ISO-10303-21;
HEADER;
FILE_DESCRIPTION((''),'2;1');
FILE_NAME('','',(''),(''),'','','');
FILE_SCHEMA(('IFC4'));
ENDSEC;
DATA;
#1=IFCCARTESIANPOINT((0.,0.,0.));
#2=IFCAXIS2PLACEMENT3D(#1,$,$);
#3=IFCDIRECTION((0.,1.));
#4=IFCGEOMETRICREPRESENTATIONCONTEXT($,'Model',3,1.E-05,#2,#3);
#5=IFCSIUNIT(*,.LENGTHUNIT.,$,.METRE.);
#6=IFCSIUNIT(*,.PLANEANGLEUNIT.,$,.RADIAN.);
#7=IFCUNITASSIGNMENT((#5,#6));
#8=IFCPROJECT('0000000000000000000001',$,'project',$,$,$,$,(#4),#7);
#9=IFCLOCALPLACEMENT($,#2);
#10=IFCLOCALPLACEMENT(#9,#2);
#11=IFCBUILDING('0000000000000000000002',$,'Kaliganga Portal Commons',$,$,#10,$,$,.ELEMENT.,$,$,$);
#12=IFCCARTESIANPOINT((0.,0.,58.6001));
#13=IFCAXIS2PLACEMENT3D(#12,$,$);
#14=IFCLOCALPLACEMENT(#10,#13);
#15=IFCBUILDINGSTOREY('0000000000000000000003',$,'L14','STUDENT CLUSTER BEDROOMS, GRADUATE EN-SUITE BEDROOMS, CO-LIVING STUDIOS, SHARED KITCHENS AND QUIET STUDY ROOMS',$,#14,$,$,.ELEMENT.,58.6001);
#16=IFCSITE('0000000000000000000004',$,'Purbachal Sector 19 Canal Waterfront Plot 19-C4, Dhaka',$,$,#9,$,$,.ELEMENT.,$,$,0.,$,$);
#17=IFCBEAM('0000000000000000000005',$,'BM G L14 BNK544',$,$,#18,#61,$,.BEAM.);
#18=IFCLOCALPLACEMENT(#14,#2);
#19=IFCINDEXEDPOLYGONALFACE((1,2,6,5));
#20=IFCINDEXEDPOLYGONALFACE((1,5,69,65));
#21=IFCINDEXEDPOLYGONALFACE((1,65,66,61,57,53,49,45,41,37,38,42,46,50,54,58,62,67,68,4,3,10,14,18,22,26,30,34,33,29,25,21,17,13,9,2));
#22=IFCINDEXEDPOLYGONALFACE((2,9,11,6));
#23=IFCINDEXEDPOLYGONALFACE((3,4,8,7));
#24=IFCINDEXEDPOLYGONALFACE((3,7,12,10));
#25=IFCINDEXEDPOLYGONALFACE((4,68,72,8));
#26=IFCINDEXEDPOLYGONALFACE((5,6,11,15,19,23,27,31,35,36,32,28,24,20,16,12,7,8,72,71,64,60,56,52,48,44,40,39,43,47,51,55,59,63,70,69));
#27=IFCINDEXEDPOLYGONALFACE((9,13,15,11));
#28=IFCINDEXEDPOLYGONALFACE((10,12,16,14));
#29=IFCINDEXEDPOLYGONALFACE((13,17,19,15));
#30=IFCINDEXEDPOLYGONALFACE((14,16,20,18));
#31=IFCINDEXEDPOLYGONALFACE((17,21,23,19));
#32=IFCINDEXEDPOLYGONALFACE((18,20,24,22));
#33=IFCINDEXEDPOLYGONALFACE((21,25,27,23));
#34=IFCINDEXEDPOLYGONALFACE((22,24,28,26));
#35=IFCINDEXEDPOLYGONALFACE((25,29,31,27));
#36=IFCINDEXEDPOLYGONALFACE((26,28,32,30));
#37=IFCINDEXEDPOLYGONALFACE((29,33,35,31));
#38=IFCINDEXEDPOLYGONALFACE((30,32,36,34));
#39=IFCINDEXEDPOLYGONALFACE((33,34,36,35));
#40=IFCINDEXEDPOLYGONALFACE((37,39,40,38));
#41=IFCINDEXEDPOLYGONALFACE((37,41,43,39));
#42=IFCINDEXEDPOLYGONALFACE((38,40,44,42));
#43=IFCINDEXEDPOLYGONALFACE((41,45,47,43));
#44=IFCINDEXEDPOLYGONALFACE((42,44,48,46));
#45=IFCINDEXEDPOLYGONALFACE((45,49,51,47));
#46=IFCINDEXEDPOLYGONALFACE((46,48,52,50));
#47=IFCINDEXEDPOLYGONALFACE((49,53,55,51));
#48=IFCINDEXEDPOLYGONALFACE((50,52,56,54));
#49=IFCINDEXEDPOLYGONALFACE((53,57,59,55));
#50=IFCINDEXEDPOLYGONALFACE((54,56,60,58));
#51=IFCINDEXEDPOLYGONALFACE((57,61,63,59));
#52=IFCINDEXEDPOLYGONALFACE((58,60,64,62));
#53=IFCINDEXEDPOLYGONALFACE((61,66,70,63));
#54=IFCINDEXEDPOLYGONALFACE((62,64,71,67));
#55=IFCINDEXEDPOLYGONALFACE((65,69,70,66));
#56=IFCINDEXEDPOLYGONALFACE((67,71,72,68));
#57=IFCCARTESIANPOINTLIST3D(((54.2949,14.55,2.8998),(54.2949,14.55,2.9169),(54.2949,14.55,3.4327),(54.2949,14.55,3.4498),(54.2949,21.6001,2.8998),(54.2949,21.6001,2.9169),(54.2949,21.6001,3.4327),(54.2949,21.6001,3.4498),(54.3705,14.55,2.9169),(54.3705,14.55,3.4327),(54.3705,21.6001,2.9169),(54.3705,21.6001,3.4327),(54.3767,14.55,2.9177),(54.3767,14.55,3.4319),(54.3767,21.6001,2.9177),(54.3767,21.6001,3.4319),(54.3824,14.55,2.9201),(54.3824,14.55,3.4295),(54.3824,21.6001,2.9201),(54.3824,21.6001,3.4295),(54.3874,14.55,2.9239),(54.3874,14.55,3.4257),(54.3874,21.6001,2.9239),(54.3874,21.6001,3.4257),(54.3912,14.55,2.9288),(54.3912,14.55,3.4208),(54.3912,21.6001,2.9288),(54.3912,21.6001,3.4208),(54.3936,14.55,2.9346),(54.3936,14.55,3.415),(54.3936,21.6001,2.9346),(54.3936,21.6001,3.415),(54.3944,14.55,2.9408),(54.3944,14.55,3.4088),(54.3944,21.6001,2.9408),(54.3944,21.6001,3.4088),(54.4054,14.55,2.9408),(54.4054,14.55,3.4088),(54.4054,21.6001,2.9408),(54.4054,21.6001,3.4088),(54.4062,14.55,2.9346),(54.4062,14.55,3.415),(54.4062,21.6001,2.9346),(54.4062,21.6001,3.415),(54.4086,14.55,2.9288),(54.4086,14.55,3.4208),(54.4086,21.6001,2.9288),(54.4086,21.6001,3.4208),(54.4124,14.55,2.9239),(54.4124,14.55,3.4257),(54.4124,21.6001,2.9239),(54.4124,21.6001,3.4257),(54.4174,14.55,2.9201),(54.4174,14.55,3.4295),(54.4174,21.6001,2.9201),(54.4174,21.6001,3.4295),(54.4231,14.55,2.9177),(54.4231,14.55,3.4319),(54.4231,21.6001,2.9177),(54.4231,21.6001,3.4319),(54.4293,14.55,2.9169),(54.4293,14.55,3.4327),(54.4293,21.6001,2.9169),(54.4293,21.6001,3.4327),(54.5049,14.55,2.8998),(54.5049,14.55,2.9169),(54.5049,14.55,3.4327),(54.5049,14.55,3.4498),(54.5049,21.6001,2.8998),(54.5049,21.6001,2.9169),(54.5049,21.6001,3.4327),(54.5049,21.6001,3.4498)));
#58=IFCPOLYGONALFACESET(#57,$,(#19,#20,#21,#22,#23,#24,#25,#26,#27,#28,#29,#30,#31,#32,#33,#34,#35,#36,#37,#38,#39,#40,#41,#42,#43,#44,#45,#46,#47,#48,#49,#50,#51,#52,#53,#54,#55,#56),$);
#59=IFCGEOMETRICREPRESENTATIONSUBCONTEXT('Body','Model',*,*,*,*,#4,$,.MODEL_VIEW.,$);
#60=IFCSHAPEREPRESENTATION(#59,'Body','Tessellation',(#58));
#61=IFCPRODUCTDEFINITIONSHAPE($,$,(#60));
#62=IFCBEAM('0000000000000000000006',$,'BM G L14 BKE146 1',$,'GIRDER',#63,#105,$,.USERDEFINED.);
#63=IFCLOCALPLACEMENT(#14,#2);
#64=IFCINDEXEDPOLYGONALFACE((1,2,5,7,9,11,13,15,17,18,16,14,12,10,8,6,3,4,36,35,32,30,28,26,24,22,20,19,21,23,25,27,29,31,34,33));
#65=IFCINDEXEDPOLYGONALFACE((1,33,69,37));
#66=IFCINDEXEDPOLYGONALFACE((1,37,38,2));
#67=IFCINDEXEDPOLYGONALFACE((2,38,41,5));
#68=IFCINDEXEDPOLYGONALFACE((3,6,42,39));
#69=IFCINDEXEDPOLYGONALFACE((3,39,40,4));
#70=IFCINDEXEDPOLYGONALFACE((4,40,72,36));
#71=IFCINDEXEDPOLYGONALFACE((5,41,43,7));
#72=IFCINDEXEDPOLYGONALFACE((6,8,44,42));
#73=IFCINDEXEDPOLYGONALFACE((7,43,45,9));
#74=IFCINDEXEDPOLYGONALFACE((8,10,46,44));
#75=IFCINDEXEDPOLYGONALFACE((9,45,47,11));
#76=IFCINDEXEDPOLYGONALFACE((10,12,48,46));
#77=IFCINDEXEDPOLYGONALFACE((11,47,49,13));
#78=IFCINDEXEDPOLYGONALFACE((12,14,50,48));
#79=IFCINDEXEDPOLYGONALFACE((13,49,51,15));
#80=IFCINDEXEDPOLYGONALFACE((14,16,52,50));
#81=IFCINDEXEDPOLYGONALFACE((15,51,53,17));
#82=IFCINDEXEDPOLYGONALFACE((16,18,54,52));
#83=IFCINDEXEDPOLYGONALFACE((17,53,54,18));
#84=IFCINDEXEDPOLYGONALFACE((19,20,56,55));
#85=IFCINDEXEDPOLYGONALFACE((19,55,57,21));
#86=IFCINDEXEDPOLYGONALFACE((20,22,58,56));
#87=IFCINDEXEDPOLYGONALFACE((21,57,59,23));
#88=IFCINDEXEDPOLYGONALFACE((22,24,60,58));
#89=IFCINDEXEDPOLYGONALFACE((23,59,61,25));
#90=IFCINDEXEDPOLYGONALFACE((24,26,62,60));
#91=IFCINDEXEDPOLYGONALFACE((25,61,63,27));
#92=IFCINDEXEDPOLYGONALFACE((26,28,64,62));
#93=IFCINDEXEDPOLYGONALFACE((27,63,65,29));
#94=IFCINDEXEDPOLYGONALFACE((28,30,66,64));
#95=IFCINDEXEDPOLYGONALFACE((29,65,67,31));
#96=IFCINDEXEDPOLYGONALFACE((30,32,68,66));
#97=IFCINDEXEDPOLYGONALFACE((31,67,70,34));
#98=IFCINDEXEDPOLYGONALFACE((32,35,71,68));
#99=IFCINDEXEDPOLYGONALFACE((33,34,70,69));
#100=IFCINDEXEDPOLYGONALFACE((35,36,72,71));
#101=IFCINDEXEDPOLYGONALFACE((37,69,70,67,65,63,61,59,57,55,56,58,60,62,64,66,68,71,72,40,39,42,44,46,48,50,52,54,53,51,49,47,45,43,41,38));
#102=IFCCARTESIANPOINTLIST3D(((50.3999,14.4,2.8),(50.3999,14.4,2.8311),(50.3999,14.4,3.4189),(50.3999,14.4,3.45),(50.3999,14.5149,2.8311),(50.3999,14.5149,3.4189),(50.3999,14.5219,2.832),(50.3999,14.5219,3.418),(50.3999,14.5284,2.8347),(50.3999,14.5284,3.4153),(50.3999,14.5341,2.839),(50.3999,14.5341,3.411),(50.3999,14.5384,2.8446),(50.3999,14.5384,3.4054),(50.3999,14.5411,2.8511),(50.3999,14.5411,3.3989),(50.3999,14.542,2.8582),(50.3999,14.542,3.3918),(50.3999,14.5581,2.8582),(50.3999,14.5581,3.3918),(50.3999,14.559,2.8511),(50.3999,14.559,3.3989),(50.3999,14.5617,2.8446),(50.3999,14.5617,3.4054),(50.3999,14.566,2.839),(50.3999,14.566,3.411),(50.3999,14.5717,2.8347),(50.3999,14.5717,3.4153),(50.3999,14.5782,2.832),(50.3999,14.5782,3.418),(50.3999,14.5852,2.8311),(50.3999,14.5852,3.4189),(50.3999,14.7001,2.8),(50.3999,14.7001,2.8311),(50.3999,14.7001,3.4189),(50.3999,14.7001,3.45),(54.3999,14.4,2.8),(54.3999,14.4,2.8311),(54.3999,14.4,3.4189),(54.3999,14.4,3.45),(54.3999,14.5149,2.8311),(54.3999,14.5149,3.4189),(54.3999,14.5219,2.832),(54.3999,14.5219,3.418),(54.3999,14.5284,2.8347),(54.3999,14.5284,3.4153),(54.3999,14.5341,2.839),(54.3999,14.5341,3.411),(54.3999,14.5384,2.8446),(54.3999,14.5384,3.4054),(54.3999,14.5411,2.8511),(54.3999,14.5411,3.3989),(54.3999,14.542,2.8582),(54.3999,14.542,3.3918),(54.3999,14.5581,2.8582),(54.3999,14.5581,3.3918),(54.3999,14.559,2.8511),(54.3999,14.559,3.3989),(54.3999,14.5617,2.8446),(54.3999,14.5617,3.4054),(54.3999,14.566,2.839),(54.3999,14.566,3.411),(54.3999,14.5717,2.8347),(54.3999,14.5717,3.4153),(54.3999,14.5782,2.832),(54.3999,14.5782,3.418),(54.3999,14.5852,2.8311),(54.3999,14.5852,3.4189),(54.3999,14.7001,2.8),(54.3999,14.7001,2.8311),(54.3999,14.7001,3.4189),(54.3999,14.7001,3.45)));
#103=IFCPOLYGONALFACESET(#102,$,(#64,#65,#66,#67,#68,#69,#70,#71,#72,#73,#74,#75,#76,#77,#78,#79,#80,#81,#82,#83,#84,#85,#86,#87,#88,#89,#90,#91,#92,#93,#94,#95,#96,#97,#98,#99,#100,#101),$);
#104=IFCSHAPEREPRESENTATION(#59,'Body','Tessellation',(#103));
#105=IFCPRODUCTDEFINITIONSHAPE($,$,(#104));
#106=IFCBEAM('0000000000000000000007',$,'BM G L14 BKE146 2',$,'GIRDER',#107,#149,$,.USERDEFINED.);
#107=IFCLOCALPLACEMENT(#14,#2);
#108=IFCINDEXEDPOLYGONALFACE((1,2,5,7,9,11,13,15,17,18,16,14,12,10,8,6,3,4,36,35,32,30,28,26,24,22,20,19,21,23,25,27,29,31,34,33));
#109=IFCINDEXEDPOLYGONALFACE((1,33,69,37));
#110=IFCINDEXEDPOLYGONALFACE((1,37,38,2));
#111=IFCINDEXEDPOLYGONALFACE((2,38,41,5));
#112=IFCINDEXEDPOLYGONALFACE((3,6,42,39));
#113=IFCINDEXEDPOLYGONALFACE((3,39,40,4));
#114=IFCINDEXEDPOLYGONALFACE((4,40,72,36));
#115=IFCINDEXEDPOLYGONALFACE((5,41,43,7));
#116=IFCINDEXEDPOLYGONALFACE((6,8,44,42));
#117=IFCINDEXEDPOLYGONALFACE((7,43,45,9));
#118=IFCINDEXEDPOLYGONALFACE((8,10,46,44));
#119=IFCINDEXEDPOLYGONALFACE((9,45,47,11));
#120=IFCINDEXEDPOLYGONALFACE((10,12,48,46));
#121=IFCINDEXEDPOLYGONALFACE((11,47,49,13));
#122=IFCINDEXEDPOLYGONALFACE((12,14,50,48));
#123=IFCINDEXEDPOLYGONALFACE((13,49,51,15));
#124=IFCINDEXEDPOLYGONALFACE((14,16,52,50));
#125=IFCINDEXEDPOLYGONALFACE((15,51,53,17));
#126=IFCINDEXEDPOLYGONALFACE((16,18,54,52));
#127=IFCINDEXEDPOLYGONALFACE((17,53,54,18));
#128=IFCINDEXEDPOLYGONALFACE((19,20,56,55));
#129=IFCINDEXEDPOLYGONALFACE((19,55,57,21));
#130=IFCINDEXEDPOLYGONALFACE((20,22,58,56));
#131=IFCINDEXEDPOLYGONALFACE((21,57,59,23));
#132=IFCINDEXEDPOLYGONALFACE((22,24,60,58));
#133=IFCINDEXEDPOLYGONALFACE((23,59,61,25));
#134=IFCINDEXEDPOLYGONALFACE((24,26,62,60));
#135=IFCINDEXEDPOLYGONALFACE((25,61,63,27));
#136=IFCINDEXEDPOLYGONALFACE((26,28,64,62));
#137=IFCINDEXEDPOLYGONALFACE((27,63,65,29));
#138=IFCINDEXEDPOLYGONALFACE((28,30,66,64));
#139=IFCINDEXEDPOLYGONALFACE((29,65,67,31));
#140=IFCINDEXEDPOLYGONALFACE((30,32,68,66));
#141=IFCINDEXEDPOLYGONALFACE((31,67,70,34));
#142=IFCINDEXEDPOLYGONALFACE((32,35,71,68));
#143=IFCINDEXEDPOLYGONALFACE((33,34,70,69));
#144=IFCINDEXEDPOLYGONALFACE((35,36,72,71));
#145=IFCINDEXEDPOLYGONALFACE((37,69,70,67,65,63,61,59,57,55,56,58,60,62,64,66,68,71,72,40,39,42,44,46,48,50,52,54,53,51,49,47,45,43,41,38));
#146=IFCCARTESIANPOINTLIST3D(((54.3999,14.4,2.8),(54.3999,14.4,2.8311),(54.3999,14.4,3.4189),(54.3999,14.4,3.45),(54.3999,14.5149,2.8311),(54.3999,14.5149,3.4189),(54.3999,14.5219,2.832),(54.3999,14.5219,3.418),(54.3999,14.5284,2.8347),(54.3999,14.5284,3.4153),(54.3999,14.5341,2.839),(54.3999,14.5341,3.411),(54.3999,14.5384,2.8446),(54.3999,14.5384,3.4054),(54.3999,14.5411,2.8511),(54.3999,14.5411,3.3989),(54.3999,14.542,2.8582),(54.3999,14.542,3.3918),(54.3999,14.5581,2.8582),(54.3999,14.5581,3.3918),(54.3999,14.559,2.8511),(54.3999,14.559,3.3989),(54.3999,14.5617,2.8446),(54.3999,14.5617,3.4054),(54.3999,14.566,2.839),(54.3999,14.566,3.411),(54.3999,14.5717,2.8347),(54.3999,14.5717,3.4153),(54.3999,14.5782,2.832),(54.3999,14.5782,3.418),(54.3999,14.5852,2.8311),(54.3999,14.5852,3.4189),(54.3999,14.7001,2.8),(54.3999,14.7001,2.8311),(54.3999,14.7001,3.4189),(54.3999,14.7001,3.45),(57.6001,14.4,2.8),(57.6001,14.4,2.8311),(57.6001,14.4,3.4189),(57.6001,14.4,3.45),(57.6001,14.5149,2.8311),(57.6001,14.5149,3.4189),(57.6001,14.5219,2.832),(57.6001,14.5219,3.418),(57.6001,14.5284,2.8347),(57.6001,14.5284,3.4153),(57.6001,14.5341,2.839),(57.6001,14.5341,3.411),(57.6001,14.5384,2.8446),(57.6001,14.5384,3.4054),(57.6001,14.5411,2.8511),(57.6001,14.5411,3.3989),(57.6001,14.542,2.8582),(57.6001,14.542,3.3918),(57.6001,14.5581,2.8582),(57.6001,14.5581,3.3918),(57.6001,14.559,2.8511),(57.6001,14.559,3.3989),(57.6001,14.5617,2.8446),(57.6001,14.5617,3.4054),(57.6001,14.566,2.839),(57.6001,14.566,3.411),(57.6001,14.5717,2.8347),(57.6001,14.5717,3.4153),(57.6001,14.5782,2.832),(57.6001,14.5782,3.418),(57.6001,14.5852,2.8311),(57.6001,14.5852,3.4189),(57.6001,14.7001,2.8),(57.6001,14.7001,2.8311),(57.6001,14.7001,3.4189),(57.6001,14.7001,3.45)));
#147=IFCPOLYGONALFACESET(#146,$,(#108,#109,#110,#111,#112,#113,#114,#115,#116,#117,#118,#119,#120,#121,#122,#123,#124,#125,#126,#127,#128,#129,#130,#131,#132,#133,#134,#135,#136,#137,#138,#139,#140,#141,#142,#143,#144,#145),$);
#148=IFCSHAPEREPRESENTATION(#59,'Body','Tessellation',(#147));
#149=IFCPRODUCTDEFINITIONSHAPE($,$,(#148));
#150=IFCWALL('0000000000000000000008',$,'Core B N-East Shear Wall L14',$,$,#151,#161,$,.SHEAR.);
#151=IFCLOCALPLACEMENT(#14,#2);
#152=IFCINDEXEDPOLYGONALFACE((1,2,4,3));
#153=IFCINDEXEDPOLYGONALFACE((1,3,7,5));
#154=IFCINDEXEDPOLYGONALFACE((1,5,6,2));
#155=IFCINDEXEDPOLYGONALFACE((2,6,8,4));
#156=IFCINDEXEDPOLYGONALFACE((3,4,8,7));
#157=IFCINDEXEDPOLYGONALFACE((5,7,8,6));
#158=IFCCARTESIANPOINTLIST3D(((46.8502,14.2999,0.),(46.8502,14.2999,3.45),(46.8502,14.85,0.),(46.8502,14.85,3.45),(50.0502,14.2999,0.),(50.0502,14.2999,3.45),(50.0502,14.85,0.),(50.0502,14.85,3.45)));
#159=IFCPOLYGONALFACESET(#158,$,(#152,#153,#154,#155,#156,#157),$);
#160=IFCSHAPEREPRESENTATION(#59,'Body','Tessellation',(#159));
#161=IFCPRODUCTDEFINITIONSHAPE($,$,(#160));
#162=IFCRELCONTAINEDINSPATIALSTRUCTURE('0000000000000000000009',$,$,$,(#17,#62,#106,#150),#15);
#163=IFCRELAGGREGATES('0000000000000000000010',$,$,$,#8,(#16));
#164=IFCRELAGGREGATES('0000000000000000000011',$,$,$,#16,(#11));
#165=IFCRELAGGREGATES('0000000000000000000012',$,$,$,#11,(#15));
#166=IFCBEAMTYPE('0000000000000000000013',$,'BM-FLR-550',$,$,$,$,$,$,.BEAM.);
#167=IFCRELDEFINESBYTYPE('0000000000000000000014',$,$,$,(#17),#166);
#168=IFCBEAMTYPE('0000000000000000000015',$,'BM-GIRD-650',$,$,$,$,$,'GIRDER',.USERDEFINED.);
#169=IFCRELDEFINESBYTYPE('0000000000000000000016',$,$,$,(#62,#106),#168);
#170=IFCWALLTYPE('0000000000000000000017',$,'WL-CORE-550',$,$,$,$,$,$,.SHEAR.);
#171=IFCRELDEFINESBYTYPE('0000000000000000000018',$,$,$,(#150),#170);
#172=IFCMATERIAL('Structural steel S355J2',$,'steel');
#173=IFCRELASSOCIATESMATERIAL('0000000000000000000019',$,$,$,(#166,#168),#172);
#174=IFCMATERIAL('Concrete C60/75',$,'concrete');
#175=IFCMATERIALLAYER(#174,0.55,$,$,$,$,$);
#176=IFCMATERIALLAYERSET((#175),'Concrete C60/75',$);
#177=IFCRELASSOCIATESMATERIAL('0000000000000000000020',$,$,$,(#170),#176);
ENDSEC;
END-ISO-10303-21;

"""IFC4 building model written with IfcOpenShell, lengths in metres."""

from ifc_helpers import new_model, si_unit, direction, frame, frame_2d, origin, origin_2d, place, context, subcontext, project, spatial, rectangle, i_section, extrude, source, transform, mapped, material, layer, layer_set, material_profile, profile_set, type_object, element, save


model = new_model("IFC4")

# Units and contexts
model_context = context("Model", 3, precision=1e-05, world=origin(), true_north=direction((0.0, 1.0)))
body_context = subcontext(model_context, "Body", "Model", "MODEL_VIEW")
ifc_project = project(units=[si_unit("LENGTHUNIT", "METRE"), si_unit("PLANEANGLEUNIT", "RADIAN")], contexts=[model_context])

# Site, building, storey
site_placement = place(None, origin())
site = spatial("IfcSite", under=ifc_project, at=site_placement, Name="Purbachal Sector 19 Canal Waterfront Plot 19-C4, Dhaka", CompositionType="ELEMENT", RefElevation=0.0)
building_placement = place(site_placement, origin())
building = spatial("IfcBuilding", under=site, at=building_placement, Name="Kaliganga Portal Commons", CompositionType="ELEMENT")
storey_placement = place(building_placement, frame((0.0, 0.0, 58.6001)))
storey = spatial("IfcBuildingStorey", under=building, at=storey_placement, Name="L14", Description="STUDENT CLUSTER BEDROOMS, GRADUATE EN-SUITE BEDROOMS, CO-LIVING STUDIOS, SHARED KITCHENS AND QUIET STUDY ROOMS", CompositionType="ELEMENT", Elevation=58.6001)

# Beams
ifc_material_1 = material(Name="Structural steel S355J2", Category="steel")
ifc_material_profile_1 = material_profile(ifc_material_1, i_section(OverallWidth=0.21, OverallDepth=0.55, WebThickness=0.011, FlangeThickness=0.0171, FilletRadius=0.0239, at=origin_2d()), Name="IPE 550")
ifc_profile_set_1 = profile_set([ifc_material_profile_1], Name="Structural steel S355J2 wide-flange")
beam_type_1 = type_object("IfcBeamType", Name="BM-FLR-550", PredefinedType="BEAM", material=ifc_profile_set_1)
shared_shape_1 = source(origin(), body_context, "Body", "SweptSolid", [
    extrude(i_section(OverallWidth=0.21, OverallDepth=0.55, WebThickness=0.011, FlangeThickness=0.0171, FilletRadius=0.0239, at=origin_2d()), origin(), (0.0, 0.0, 1.0), 7.05),
])
for number, where, z_axis, x_axis, name in (
    (1, (54.3999, 14.55, 3.1748), (0.0, 1.0, 0.0), (-1.0, 0.0, 0.0), "BM G L14 BNK544"),
):
    element("IfcBeam", number, at=place(storey_placement, frame(where, z_axis=z_axis, x_axis=x_axis)), inside=storey, type_object=beam_type_1, Name=name, PredefinedType="BEAM", context=body_context, shape_type="MappedRepresentation", body=[
        mapped(shared_shape_1, transform((0.0, 0.0, 0.0), x_axis=(1.0, 0.0, 0.0), y_axis=(0.0, 1.0, 0.0), z_axis=(0.0, 0.0, 1.0), scale=1.0)),
    ])
ifc_material_profile_2 = material_profile(ifc_material_1, i_section(OverallWidth=0.3, OverallDepth=0.6499, WebThickness=0.0161, FlangeThickness=0.031, FilletRadius=0.0271, at=origin_2d()), Name="HE 650 B")
ifc_profile_set_2 = profile_set([ifc_material_profile_2], Name="Structural steel S355J2 wide-flange")
beam_type_2 = type_object("IfcBeamType", Name="BM-GIRD-650", ElementType="GIRDER", PredefinedType="USERDEFINED", material=ifc_profile_set_2)
shared_shape_2 = source(origin(), body_context, "Body", "SweptSolid", [
    extrude(i_section(OverallWidth=0.3, OverallDepth=0.6499, WebThickness=0.0161, FlangeThickness=0.031, FilletRadius=0.0271, at=origin_2d()), origin(), (0.0, 0.0, 1.0), 4.0),
])
beam_1_placement = place(storey_placement, frame((50.3999, 14.55, 3.125), z_axis=(1.0, 0.0, 0.0), x_axis=(0.0, 1.0, 0.0)))
element("IfcBeam", 2, at=beam_1_placement, inside=storey, type_object=beam_type_2, Name="BM G L14 BKE146 1", ObjectType="GIRDER", PredefinedType="USERDEFINED", context=body_context, shape_type="MappedRepresentation", body=[
    mapped(shared_shape_2, transform((0.0, 0.0, 0.0), x_axis=(1.0, 0.0, 0.0), y_axis=(0.0, 1.0, 0.0), z_axis=(0.0, 0.0, 1.0), scale=1.0)),
])
shared_shape_3 = source(origin(), body_context, "Body", "SweptSolid", [
    extrude(i_section(OverallWidth=0.3, OverallDepth=0.6499, WebThickness=0.0161, FlangeThickness=0.031, FilletRadius=0.0271, at=origin_2d()), origin(), (0.0, 0.0, 1.0), 3.2002),
])
beam_2_placement = place(storey_placement, frame((54.3999, 14.55, 3.125), z_axis=(1.0, 0.0, 0.0), x_axis=(0.0, 1.0, 0.0)))
element("IfcBeam", 3, at=beam_2_placement, inside=storey, type_object=beam_type_2, Name="BM G L14 BKE146 2", ObjectType="GIRDER", PredefinedType="USERDEFINED", context=body_context, shape_type="MappedRepresentation", body=[
    mapped(shared_shape_3, transform((0.0, 0.0, 0.0), x_axis=(1.0, 0.0, 0.0), y_axis=(0.0, 1.0, 0.0), z_axis=(0.0, 0.0, 1.0), scale=1.0)),
])

# Wall
ifc_material_2 = material(Name="Concrete C60/75", Category="concrete")
ifc_layer_1 = layer(ifc_material_2, 0.55)
ifc_layer_set_1 = layer_set([ifc_layer_1], Name="Concrete C60/75")
wall_type_1 = type_object("IfcWallType", Name="WL-CORE-550", PredefinedType="SHEAR", material=ifc_layer_set_1)
wall_1_placement = place(storey_placement, frame((46.8501, 14.575, 0.0), z_axis=(0.0, 0.0, 1.0), x_axis=(1.0, 0.0, 0.0)))
element("IfcWall", 4, at=wall_1_placement, inside=storey, type_object=wall_type_1, Name="Core B N-East Shear Wall L14", PredefinedType="SHEAR", context=body_context, shape_type="SweptSolid", body=[
    extrude(rectangle(XDim=3.2, YDim=0.55, at=frame_2d((1.6001, 0.0))), origin(), (0.0, 0.0, 1.0), 3.45),
])

save(model, "model.ifc")
